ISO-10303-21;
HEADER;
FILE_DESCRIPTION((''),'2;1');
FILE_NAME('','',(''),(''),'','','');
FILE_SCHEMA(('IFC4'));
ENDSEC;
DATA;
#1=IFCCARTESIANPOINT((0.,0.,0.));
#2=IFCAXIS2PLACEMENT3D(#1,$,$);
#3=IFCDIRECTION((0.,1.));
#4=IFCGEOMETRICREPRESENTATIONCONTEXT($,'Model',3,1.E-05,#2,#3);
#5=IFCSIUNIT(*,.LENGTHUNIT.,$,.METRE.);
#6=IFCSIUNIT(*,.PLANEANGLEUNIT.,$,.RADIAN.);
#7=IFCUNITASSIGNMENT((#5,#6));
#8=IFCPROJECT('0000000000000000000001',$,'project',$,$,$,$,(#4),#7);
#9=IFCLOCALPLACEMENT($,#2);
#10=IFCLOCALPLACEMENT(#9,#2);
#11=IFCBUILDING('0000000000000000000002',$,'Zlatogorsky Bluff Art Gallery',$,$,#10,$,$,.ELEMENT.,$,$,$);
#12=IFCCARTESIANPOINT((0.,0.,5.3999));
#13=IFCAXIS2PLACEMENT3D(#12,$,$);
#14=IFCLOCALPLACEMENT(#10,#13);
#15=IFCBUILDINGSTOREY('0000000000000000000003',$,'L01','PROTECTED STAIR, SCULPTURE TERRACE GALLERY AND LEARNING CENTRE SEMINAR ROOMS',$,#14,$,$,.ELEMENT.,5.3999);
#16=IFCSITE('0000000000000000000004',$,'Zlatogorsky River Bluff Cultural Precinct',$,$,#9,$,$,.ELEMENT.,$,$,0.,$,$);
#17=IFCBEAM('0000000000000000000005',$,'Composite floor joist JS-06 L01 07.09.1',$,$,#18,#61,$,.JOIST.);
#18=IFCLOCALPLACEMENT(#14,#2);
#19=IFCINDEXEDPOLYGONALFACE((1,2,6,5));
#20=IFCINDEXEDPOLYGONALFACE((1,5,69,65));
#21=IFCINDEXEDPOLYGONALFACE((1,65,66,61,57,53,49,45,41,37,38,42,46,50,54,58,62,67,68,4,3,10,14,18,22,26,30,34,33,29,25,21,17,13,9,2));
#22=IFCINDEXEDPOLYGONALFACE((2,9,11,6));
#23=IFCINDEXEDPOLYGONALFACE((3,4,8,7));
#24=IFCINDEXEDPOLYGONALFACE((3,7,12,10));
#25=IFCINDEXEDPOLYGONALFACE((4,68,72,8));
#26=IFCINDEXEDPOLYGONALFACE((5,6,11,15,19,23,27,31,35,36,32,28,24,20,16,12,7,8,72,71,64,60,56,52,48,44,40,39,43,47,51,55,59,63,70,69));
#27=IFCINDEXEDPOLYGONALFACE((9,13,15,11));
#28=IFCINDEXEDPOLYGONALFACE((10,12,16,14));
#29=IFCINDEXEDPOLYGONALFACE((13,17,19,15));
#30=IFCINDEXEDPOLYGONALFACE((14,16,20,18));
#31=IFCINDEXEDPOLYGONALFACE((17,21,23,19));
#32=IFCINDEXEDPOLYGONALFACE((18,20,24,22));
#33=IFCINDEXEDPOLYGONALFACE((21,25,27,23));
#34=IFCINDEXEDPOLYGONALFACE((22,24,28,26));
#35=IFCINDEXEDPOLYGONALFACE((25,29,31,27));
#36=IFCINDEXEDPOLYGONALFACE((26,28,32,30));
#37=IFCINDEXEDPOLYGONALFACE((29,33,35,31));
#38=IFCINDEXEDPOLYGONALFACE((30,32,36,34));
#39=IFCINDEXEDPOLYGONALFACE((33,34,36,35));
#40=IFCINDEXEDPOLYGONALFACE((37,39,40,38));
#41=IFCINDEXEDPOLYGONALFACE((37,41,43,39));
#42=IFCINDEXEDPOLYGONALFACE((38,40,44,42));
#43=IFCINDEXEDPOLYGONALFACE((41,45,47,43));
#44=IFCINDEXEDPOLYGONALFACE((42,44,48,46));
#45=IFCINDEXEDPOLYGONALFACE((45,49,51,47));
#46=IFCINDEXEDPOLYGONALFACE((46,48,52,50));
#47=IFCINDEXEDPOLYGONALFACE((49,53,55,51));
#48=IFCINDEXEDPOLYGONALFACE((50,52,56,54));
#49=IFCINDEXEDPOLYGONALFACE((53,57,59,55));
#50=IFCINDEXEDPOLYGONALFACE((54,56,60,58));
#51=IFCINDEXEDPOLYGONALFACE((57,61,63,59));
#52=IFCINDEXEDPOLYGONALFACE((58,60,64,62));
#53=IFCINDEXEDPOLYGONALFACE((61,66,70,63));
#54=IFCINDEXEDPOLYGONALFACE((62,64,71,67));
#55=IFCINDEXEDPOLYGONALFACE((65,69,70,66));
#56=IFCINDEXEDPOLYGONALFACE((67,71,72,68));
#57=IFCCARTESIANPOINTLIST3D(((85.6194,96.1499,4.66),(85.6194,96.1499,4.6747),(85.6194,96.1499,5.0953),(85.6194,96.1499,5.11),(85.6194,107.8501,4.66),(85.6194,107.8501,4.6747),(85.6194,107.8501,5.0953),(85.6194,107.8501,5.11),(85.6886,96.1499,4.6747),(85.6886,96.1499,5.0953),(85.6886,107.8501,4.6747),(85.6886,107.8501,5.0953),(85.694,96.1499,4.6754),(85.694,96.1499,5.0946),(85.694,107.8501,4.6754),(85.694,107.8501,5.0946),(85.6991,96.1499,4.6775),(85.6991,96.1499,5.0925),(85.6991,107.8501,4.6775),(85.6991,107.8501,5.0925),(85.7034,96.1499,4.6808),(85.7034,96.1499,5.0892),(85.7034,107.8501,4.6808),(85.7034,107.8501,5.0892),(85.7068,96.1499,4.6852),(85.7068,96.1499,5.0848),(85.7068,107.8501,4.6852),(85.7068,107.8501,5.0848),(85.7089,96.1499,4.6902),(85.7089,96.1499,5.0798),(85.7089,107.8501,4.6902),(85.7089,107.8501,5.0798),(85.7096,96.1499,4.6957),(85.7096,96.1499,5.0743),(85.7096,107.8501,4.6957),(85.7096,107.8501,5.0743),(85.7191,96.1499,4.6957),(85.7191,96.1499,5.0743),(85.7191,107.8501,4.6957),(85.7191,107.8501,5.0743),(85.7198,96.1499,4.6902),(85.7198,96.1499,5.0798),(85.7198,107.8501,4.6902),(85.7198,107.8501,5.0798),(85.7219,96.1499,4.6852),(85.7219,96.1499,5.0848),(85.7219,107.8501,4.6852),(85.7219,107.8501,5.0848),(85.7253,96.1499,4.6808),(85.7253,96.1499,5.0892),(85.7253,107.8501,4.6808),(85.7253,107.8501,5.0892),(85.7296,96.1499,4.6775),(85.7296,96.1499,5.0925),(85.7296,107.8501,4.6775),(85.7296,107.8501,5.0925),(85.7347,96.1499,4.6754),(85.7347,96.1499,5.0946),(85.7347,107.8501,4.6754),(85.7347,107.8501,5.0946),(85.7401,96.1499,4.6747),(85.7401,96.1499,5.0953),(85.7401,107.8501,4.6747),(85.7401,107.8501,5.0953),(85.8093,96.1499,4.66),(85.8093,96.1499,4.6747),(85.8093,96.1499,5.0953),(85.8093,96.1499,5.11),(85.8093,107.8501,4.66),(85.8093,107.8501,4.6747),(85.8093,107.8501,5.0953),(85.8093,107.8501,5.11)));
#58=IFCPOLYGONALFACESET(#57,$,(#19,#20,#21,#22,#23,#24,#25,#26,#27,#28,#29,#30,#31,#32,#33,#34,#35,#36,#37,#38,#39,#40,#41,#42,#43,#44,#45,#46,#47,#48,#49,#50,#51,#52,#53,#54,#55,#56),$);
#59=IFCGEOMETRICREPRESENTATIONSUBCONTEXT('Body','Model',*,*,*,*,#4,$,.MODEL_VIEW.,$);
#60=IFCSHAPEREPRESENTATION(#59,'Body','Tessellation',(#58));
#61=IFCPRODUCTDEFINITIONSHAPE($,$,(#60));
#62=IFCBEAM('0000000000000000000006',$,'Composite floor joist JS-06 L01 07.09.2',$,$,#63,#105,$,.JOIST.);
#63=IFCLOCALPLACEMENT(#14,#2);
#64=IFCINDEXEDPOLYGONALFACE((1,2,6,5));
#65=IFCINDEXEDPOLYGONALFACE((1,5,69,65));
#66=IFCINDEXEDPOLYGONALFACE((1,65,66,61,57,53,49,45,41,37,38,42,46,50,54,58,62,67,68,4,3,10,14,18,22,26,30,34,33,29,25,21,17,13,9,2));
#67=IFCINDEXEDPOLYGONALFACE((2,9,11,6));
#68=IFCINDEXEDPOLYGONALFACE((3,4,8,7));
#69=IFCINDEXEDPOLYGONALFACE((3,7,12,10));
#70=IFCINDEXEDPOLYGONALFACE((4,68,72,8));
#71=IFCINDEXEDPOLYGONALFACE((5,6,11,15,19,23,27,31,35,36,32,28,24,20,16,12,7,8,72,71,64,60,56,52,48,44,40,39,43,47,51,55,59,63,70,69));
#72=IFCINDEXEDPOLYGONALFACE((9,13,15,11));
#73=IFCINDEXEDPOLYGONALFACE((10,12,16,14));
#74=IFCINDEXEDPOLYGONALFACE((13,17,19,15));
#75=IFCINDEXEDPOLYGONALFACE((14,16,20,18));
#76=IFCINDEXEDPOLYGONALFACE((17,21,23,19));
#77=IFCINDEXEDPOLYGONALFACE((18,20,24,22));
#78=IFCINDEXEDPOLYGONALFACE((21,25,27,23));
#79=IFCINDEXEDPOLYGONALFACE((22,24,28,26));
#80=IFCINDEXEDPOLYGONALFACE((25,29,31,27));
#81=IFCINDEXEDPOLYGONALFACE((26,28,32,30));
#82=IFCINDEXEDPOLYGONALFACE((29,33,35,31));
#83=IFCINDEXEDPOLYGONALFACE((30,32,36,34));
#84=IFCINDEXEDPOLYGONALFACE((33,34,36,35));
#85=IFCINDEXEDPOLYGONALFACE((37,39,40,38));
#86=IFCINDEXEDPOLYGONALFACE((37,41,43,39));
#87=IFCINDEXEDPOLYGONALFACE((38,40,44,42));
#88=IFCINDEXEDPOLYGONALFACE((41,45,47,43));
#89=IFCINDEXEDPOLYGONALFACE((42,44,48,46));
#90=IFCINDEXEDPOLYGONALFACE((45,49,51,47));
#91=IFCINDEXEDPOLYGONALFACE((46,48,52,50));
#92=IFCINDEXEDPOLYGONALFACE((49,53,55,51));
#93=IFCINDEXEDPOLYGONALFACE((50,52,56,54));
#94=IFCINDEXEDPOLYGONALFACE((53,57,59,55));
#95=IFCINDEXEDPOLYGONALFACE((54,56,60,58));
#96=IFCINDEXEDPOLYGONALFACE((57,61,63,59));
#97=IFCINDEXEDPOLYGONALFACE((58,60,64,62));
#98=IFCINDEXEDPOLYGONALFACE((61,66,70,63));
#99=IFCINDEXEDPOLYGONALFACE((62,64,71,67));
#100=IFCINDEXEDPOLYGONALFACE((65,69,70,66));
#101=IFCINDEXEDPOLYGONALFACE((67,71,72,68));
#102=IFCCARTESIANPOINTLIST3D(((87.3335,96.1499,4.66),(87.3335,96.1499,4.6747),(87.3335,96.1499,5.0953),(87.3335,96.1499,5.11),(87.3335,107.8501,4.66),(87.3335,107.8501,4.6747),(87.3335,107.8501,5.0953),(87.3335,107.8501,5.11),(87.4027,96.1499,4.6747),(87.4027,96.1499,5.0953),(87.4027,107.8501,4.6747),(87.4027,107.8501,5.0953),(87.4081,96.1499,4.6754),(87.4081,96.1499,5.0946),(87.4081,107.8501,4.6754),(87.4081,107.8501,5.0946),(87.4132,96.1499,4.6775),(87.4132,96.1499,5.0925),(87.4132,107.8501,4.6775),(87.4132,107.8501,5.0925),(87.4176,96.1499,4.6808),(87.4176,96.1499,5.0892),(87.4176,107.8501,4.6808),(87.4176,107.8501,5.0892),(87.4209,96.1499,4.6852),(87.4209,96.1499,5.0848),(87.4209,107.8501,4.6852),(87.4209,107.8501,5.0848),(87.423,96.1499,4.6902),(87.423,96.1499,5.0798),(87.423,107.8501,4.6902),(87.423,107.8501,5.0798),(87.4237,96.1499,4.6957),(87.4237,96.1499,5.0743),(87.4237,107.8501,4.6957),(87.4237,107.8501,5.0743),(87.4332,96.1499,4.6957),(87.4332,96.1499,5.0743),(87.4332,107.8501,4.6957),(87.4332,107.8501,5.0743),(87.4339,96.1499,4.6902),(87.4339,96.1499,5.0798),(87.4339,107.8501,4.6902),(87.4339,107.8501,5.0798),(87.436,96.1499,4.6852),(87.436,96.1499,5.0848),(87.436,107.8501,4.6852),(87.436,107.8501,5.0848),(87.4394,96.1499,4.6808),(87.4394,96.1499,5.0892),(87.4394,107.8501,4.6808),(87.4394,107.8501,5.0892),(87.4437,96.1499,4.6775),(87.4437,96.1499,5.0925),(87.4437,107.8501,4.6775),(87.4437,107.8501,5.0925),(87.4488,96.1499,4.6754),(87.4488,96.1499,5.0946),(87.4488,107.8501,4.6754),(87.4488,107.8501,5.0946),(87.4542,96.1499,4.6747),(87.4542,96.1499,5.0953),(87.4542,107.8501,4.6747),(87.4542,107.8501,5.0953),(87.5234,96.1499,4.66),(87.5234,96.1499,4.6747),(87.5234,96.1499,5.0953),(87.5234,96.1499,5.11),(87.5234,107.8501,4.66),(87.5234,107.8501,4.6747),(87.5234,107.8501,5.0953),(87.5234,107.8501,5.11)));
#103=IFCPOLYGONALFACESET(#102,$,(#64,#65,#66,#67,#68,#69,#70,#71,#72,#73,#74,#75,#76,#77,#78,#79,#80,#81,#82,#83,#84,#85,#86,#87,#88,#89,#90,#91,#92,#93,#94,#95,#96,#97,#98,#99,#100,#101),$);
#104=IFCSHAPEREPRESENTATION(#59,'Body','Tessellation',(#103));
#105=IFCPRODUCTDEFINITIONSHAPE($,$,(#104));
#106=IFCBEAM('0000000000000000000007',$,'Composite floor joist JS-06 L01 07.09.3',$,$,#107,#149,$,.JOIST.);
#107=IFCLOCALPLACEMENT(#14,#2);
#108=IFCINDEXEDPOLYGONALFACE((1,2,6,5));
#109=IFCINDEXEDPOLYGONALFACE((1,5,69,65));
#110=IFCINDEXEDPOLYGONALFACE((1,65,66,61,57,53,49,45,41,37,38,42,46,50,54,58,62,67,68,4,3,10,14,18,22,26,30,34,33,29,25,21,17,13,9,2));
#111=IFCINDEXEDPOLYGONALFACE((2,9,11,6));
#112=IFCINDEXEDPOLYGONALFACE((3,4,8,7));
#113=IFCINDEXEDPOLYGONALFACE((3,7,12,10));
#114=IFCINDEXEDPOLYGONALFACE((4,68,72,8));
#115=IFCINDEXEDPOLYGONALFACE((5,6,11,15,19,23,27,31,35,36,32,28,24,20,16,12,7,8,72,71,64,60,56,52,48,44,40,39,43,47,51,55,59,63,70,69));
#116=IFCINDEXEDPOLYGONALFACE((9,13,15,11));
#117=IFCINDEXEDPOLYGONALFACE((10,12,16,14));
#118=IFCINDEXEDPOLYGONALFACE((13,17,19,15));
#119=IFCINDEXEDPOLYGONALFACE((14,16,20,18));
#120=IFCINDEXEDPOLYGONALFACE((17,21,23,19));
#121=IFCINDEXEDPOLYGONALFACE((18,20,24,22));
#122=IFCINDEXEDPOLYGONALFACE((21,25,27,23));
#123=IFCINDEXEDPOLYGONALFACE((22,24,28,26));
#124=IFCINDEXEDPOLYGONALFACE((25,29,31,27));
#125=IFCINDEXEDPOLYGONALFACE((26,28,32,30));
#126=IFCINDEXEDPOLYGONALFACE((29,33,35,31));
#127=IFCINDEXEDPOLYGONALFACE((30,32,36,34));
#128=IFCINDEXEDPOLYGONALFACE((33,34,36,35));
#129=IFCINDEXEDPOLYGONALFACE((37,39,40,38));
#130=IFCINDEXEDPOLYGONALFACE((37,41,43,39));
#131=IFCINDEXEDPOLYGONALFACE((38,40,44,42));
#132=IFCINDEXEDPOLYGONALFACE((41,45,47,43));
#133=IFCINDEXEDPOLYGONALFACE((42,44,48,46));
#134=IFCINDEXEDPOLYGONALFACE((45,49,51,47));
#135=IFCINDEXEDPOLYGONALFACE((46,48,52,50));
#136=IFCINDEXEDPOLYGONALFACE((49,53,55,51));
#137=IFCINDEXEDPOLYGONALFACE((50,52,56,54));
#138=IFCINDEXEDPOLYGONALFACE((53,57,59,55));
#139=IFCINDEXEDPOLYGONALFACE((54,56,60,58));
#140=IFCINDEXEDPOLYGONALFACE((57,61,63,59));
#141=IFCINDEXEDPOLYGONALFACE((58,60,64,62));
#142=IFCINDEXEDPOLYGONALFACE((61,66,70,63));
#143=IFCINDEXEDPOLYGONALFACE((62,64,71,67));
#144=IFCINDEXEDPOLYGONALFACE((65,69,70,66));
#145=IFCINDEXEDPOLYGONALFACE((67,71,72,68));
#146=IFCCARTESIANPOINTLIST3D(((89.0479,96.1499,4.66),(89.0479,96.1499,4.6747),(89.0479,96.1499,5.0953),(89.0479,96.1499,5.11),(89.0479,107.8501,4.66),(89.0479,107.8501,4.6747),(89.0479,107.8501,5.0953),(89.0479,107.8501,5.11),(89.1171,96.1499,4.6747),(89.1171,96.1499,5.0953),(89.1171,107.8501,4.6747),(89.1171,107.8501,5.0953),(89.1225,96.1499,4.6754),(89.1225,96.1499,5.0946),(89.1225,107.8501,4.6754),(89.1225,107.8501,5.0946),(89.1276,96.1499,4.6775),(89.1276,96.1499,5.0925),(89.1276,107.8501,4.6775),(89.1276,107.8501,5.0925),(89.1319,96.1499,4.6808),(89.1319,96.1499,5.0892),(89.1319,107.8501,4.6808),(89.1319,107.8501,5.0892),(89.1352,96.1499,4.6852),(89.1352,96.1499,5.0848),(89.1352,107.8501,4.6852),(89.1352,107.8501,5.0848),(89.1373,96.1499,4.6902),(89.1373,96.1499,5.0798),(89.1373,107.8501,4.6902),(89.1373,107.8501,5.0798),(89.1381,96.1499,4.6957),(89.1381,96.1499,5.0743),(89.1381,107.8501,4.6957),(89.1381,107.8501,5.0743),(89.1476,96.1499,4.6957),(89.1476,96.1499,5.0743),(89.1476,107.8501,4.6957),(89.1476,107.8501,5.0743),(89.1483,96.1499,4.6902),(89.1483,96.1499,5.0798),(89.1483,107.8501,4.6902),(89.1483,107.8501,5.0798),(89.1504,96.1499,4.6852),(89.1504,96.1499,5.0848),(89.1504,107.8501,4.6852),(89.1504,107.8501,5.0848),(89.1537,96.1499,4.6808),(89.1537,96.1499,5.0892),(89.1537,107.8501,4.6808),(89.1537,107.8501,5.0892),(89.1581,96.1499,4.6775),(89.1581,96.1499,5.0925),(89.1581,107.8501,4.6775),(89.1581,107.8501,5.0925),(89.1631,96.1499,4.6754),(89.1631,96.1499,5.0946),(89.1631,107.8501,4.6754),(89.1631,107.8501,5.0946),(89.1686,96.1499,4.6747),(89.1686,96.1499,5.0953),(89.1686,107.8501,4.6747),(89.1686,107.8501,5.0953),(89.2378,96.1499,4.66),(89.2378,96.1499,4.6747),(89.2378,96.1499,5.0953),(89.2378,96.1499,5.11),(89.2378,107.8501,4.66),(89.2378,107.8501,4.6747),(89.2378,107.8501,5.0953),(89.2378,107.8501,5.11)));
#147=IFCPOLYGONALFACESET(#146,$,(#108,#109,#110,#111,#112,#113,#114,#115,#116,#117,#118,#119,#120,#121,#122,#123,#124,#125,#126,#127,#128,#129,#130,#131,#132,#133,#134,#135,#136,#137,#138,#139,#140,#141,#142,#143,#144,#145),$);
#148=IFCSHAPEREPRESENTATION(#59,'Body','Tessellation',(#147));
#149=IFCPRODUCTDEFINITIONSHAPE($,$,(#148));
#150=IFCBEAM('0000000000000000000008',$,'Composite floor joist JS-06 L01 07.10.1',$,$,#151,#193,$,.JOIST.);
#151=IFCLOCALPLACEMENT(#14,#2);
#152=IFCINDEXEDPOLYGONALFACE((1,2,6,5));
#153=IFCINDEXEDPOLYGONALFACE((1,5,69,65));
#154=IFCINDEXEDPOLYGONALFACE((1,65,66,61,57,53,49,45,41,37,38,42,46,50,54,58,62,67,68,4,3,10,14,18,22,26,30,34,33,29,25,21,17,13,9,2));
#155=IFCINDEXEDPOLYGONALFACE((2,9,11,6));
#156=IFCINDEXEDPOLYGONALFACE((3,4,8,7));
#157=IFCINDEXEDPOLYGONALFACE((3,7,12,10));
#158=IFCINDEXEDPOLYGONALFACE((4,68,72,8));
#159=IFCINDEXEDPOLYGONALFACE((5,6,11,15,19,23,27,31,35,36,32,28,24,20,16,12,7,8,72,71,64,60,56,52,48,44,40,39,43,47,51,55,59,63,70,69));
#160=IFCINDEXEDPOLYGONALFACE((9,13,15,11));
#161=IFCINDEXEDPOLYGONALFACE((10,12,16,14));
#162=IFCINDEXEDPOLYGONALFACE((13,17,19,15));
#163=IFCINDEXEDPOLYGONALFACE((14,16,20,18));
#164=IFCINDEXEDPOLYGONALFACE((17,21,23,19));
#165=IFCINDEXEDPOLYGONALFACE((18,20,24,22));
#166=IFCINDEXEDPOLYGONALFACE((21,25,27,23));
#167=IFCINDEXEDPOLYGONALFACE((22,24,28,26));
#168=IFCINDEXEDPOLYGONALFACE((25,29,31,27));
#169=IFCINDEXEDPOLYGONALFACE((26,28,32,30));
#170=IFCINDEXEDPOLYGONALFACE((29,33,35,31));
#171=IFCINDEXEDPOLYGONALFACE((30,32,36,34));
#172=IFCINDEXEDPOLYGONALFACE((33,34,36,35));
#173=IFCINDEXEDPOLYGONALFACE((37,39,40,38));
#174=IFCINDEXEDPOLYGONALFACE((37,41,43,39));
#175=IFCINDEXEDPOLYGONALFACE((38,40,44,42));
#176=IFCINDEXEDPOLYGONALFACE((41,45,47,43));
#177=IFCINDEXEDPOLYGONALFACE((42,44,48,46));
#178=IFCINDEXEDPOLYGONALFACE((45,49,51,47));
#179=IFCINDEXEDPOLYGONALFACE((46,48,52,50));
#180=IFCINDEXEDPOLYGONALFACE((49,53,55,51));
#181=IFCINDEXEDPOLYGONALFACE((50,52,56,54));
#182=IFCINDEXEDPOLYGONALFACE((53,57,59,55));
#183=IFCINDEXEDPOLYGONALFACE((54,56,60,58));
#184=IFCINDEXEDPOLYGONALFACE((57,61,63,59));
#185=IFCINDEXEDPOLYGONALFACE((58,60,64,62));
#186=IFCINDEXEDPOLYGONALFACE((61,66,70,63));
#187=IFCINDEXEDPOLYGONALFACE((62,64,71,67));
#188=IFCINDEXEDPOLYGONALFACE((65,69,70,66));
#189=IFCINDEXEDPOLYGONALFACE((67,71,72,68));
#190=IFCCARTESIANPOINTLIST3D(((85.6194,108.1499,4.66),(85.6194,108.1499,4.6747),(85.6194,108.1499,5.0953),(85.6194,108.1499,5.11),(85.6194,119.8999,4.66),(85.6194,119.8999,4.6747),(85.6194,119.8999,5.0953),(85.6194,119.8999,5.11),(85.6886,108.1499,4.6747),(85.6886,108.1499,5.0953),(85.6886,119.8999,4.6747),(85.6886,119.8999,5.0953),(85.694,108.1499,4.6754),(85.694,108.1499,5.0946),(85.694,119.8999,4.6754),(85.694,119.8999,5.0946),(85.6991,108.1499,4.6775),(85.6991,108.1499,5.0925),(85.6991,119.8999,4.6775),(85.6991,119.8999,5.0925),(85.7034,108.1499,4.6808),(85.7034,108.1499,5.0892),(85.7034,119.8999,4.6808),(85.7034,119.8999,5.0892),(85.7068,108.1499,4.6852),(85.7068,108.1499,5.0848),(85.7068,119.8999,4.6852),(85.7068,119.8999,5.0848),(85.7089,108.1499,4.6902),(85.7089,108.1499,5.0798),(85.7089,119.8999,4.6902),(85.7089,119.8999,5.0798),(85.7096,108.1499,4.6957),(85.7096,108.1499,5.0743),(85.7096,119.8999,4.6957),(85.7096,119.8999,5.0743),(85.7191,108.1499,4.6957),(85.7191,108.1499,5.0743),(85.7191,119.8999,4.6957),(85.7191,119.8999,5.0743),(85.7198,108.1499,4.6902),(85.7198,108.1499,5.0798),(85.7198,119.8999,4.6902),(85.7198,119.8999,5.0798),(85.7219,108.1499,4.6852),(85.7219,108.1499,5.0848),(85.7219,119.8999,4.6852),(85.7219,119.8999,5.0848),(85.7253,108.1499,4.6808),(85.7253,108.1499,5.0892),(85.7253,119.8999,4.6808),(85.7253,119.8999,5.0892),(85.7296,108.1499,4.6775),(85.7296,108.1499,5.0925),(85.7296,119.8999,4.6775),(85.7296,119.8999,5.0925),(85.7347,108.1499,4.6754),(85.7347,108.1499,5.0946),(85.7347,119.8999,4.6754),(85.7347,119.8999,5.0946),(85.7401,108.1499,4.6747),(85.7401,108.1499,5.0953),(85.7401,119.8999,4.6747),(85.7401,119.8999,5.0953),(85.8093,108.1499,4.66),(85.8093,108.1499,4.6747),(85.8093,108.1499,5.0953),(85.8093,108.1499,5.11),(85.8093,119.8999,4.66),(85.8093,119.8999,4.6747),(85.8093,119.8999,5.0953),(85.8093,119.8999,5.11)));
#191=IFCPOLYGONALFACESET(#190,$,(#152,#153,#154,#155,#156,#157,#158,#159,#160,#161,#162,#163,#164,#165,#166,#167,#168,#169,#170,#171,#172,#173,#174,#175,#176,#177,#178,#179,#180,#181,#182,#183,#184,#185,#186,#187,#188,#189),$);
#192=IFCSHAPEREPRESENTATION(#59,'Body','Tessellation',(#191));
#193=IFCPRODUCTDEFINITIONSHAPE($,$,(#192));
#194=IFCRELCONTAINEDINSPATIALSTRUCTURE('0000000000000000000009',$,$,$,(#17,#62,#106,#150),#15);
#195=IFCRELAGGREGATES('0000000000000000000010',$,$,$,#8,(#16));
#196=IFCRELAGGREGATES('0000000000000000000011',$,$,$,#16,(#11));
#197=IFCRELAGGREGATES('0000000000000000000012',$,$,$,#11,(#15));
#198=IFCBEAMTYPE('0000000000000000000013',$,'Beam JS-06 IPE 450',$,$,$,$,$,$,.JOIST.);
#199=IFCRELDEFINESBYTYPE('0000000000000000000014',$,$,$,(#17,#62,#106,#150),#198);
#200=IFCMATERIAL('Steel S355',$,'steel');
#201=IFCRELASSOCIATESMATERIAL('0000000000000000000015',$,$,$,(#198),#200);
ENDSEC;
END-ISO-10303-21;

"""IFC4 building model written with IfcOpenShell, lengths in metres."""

from ifc_helpers import new_model, si_unit, direction, frame, origin, origin_2d, place, context, subcontext, project, spatial, i_section, extrude, material, material_profile, profile_set, type_object, element, save


model = new_model("IFC4")

# Units and contexts
model_context = context("Model", 3, precision=1e-05, world=origin(), true_north=direction((0.0, 1.0)))
body_context = subcontext(model_context, "Body", "Model", "MODEL_VIEW")
ifc_project = project(units=[si_unit("LENGTHUNIT", "METRE"), si_unit("PLANEANGLEUNIT", "RADIAN")], contexts=[model_context])

# Site, building, storey
site_placement = place(None, origin())
site = spatial("IfcSite", under=ifc_project, at=site_placement, Name="Zlatogorsky River Bluff Cultural Precinct", CompositionType="ELEMENT", RefElevation=0.0)
building_placement = place(site_placement, origin())
building = spatial("IfcBuilding", under=site, at=building_placement, Name="Zlatogorsky Bluff Art Gallery", CompositionType="ELEMENT")
storey_placement = place(building_placement, frame((0.0, 0.0, 5.3999)))
storey = spatial("IfcBuildingStorey", under=building, at=storey_placement, Name="L01", Description="PROTECTED STAIR, SCULPTURE TERRACE GALLERY AND LEARNING CENTRE SEMINAR ROOMS", CompositionType="ELEMENT", Elevation=5.3999)

# Shared definitions
ifc_material_1 = material(Name="Steel S355", Category="steel")

# Beams
ifc_material_profile_1 = material_profile(ifc_material_1, i_section(OverallWidth=0.1899, OverallDepth=0.45, WebThickness=0.0095, FlangeThickness=0.0146, FilletRadius=0.021, at=origin_2d()), Name="IPE 450")
ifc_profile_set_1 = profile_set([ifc_material_profile_1], Name="Steel S355")
beam_type_1 = type_object("IfcBeamType", Name="Beam JS-06 IPE 450", PredefinedType="JOIST", material=ifc_profile_set_1)
for number, where, z_axis, x_axis, name in (
    (1, (85.7144, 96.1499, 4.885), (0.0, 1.0, 0.0), (-1.0, 0.0, 0.0), "Composite floor joist JS-06 L01 07.09.1"),
    (2, (87.4285, 96.1499, 4.885), (0.0, 1.0, 0.0), (-1.0, 0.0, 0.0), "Composite floor joist JS-06 L01 07.09.2"),
    (3, (89.1428, 96.1499, 4.885), (0.0, 1.0, 0.0), (-1.0, 0.0, 0.0), "Composite floor joist JS-06 L01 07.09.3"),
):
    element("IfcBeam", number, at=place(storey_placement, frame(where, z_axis=z_axis, x_axis=x_axis)), inside=storey, type_object=beam_type_1, Name=name, PredefinedType="JOIST", context=body_context, shape_type="SweptSolid", body=[
        extrude(i_section(OverallWidth=0.1899, OverallDepth=0.45, WebThickness=0.0095, FlangeThickness=0.0146, FilletRadius=0.021, at=origin_2d()), origin(), (0.0, 0.0, 1.0), 11.7002),
    ])
for number, where, z_axis, x_axis, name in (
    (4, (85.7144, 108.1499, 4.885), (0.0, 1.0, 0.0), (-1.0, 0.0, 0.0), "Composite floor joist JS-06 L01 07.10.1"),
):
    element("IfcBeam", number, at=place(storey_placement, frame(where, z_axis=z_axis, x_axis=x_axis)), inside=storey, type_object=beam_type_1, Name=name, PredefinedType="JOIST", context=body_context, shape_type="SweptSolid", body=[
        extrude(i_section(OverallWidth=0.1899, OverallDepth=0.45, WebThickness=0.0095, FlangeThickness=0.0146, FilletRadius=0.021, at=origin_2d()), origin(), (0.0, 0.0, 1.0), 11.75),
    ])

save(model, "model.ifc")
